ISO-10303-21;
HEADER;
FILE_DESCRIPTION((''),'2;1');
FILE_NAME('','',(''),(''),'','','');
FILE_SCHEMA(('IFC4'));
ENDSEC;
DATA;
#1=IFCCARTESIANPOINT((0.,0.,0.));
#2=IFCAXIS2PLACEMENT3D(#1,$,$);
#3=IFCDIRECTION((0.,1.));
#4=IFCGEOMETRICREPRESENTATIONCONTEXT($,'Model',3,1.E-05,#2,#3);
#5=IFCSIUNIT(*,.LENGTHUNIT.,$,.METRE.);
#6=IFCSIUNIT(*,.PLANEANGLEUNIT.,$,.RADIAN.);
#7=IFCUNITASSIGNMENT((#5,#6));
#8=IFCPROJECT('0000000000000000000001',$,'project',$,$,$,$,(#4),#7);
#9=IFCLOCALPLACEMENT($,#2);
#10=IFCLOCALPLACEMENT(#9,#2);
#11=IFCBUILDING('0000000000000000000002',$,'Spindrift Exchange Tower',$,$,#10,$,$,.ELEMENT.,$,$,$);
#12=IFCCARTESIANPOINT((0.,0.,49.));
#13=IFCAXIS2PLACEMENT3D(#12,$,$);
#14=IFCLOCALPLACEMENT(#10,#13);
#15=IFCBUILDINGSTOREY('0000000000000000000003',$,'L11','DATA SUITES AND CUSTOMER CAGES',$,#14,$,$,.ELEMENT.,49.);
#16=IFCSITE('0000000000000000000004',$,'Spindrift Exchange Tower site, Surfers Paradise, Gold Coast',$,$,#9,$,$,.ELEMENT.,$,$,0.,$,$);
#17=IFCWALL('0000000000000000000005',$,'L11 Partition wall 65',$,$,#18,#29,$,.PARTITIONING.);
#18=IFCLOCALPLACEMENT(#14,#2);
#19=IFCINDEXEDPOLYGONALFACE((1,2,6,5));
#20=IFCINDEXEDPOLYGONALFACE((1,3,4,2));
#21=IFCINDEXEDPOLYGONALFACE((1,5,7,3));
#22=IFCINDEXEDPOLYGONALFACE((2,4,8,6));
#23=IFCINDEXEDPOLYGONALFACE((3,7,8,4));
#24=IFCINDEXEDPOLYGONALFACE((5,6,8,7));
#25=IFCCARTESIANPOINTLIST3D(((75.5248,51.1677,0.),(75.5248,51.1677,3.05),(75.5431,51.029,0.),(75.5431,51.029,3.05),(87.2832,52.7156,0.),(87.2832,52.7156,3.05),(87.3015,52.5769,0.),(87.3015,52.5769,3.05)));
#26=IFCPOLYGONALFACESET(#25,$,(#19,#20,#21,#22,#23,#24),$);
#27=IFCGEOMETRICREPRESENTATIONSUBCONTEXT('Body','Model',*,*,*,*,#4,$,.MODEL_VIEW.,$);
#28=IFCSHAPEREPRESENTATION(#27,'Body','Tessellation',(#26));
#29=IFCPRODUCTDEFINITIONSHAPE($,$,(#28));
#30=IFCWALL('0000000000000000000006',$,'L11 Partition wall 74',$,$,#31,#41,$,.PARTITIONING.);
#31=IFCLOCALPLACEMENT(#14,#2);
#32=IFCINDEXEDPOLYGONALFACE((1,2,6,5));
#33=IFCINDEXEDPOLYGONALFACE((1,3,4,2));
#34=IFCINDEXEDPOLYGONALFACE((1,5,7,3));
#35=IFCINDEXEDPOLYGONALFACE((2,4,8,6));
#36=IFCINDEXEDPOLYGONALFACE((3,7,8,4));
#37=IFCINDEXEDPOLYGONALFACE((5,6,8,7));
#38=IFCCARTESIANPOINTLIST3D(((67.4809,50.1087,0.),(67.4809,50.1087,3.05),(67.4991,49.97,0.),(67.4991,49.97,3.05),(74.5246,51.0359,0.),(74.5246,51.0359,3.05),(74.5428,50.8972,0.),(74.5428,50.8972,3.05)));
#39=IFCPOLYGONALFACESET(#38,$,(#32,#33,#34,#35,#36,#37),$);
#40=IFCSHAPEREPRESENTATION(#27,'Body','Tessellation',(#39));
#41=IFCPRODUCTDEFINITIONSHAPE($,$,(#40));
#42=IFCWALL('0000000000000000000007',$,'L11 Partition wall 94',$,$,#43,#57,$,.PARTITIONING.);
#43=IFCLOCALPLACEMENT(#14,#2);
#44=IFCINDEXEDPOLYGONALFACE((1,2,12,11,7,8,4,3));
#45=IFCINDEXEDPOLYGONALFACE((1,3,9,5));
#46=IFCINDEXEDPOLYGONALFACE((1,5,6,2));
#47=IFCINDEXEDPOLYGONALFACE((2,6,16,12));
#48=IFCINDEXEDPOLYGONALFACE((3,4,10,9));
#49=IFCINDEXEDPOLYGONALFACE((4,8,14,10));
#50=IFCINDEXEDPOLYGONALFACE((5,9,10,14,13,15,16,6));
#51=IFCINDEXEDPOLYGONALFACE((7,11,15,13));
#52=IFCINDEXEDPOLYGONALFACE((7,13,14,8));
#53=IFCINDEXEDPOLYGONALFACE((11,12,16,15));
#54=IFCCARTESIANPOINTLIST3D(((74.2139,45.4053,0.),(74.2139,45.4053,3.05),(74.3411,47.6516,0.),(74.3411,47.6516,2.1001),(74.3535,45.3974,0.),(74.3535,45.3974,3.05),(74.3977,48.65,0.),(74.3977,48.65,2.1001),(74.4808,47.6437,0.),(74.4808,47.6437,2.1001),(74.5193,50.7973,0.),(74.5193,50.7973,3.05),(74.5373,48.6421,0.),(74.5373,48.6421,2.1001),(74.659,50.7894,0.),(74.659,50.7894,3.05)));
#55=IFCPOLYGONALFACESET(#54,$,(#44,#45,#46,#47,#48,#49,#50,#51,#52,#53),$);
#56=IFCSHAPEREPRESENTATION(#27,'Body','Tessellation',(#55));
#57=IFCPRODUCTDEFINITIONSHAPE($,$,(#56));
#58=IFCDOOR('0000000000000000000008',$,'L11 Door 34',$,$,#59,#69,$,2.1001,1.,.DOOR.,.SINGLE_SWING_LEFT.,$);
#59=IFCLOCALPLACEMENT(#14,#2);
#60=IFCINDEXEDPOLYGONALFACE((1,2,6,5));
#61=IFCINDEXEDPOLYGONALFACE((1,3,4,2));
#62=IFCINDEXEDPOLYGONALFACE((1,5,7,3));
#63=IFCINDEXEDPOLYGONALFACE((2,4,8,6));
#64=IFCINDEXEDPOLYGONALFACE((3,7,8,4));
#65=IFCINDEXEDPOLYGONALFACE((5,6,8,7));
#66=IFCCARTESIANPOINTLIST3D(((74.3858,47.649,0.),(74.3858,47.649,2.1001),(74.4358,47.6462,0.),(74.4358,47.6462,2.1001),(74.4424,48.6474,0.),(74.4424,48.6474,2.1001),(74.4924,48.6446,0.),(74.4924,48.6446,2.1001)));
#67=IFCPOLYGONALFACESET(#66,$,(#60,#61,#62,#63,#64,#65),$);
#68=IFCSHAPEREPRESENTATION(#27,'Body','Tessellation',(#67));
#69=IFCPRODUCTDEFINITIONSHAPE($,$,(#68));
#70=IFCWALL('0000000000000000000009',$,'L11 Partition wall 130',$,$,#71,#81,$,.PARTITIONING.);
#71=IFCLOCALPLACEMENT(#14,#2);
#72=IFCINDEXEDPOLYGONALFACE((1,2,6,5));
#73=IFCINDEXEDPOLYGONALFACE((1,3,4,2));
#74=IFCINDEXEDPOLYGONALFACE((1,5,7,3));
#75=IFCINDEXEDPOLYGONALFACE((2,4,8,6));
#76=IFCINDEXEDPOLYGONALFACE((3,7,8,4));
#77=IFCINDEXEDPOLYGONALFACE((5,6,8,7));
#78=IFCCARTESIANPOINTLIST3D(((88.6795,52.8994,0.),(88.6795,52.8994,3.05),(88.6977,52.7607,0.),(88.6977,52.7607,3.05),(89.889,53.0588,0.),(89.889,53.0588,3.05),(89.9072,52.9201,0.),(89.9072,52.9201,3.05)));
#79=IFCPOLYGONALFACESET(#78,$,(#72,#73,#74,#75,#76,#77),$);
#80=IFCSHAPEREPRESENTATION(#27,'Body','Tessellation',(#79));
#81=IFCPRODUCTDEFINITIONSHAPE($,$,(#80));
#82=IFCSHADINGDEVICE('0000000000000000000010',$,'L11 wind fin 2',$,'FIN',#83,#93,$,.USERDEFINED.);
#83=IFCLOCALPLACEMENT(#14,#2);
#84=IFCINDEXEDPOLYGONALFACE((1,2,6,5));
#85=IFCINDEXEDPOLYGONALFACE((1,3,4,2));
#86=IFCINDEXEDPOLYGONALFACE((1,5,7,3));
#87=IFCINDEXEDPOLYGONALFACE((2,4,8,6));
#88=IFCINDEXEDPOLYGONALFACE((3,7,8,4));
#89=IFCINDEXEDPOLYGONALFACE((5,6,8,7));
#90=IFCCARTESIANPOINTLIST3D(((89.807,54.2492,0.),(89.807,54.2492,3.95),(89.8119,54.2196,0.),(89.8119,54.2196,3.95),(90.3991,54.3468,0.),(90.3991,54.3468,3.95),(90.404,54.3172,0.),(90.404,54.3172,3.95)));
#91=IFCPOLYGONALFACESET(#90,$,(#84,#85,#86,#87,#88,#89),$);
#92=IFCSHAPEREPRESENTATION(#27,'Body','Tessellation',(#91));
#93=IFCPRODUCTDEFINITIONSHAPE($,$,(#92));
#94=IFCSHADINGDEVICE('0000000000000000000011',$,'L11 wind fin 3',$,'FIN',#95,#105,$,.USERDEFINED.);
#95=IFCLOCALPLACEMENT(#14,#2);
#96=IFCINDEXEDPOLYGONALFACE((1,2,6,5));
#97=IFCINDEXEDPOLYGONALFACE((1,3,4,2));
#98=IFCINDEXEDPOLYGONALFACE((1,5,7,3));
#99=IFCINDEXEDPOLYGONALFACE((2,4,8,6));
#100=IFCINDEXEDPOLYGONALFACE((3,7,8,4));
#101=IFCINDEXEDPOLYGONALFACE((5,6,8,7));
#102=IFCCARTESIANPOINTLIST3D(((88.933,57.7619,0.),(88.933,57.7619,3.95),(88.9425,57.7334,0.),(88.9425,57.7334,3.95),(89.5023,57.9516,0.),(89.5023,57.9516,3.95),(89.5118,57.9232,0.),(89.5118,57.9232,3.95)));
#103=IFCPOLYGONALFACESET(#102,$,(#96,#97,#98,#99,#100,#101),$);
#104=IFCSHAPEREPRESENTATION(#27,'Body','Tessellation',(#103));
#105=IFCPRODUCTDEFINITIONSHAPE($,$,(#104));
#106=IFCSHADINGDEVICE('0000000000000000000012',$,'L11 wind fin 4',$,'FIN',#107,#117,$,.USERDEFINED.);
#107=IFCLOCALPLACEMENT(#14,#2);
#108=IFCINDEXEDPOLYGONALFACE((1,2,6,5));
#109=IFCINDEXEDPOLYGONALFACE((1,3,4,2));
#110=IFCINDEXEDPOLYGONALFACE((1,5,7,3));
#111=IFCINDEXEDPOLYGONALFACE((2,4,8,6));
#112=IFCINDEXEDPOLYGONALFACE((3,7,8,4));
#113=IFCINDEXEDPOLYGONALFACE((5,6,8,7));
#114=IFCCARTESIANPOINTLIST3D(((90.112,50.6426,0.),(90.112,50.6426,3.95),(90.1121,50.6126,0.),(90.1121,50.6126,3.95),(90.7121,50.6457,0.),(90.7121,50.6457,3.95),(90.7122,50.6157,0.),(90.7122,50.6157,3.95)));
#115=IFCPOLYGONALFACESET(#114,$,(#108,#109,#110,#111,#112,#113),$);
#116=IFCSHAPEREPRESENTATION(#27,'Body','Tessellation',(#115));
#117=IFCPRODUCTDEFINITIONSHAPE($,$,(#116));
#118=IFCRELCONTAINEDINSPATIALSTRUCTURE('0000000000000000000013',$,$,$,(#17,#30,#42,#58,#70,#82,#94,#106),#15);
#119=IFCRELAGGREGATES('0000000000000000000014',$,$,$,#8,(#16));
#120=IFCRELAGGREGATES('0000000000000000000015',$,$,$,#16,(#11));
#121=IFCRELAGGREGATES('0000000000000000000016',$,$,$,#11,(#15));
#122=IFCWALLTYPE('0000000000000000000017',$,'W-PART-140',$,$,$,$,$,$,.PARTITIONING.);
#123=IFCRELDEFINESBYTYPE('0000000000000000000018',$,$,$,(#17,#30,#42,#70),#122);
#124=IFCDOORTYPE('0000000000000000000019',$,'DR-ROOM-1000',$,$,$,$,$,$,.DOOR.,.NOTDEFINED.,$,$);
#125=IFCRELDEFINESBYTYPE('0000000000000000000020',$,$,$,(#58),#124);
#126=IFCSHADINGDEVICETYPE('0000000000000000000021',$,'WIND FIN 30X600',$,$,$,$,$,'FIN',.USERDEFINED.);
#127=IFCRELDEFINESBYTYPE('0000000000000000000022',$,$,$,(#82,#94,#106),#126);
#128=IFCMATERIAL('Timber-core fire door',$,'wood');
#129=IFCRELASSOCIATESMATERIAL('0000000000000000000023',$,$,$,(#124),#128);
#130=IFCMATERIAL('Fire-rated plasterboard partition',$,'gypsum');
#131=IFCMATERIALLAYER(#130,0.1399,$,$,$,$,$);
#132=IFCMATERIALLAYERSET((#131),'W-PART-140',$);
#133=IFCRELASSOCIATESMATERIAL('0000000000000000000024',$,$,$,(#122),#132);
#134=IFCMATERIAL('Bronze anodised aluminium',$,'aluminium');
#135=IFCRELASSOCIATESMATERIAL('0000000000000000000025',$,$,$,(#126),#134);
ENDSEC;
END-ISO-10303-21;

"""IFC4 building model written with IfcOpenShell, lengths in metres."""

from ifc_helpers import new_model, si_unit, direction, frame, frame_2d, origin, origin_2d, place, context, subcontext, project, spatial, rectangle, extrude, source, transform, mapped, material, layer, layer_set, material_profile, profile_set, type_object, element, fill, save


model = new_model("IFC4")

# Units and contexts
model_context = context("Model", 3, precision=1e-05, world=origin(), true_north=direction((0.0, 1.0)))
body_context = subcontext(model_context, "Body", "Model", "MODEL_VIEW")
ifc_project = project(units=[si_unit("LENGTHUNIT", "METRE"), si_unit("PLANEANGLEUNIT", "RADIAN")], contexts=[model_context])

# Site, building, storey
site_placement = place(None, origin())
site = spatial("IfcSite", under=ifc_project, at=site_placement, Name="Spindrift Exchange Tower site, Surfers Paradise, Gold Coast", CompositionType="ELEMENT", RefElevation=0.0)
building_placement = place(site_placement, origin())
building = spatial("IfcBuilding", under=site, at=building_placement, Name="Spindrift Exchange Tower", CompositionType="ELEMENT")
storey_placement = place(building_placement, frame((0.0, 0.0, 49.0)))
storey = spatial("IfcBuildingStorey", under=building, at=storey_placement, Name="L11", Description="DATA SUITES AND CUSTOMER CAGES", CompositionType="ELEMENT", Elevation=49.0)

# Shared definitions
ifc_material_1 = material(Name="Bronze anodised aluminium", Category="aluminium")

# Shared definitions
ifc_material_2 = material(Name="Fire-rated plasterboard partition", Category="gypsum")
ifc_material_3 = material(Name="Timber-core fire door", Category="wood")
door_type = type_object("IfcDoorType", Name="DR-ROOM-1000", OperationType="NOTDEFINED", PredefinedType="DOOR", material=ifc_material_3)
shared_shape_1 = source(origin(), body_context, "Body", "SweptSolid", [
    extrude(rectangle(XDim=1.0, YDim=2.1001, at=frame_2d((0.5, 1.05))), frame((0.0, 0.0249, 0.0), z_axis=(0.0, -1.0, 0.0), x_axis=(1.0, 0.0, 0.0)), (0.0, 0.0, 1.0), 0.05),
])

# Walls
ifc_layer_1 = layer(ifc_material_2, 0.1399)
ifc_layer_set_1 = layer_set([ifc_layer_1], Name="W-PART-140")
wall_type_1 = type_object("IfcWallType", Name="W-PART-140", PredefinedType="PARTITIONING", material=ifc_layer_set_1)
wall_1_placement = place(storey_placement, frame((75.5339, 51.0984, 0.0), z_axis=(0.0, 0.0, 1.0), x_axis=(0.991447, 0.130513, 0.0)))
element("IfcWall", 1, at=wall_1_placement, inside=storey, type_object=wall_type_1, Name="L11 Partition wall 65", PredefinedType="PARTITIONING", context=body_context, shape_type="SweptSolid", body=[
    extrude(rectangle(XDim=11.8599, YDim=0.1399, at=frame_2d((5.9299, 0.0))), origin(), (0.0, 0.0, 1.0), 3.05),
])
wall_2_placement = place(storey_placement, frame((67.49, 50.0393, 0.0), z_axis=(0.0, 0.0, 1.0), x_axis=(0.991446, 0.130516, 0.0)))
element("IfcWall", 2, at=wall_2_placement, inside=storey, type_object=wall_type_1, Name="L11 Partition wall 74", PredefinedType="PARTITIONING", context=body_context, shape_type="SweptSolid", body=[
    extrude(rectangle(XDim=7.1045, YDim=0.1399, at=frame_2d((3.5522, 0.0))), origin(), (0.0, 0.0, 1.0), 3.05),
])

# Wall, opening, door
wall_3_placement = place(storey_placement, frame((74.5891, 50.7932, 0.0), z_axis=(0.0, 0.0, 1.0), x_axis=(-0.056552, -0.9984, 0.0)))
wall_3 = element("IfcWall", 3, at=wall_3_placement, inside=storey, type_object=wall_type_1, Name="L11 Partition wall 94", PredefinedType="PARTITIONING", context=body_context, shape_type="SweptSolid", body=[
    extrude(rectangle(XDim=5.4006, YDim=0.1399, at=frame_2d((2.7002, 0.0))), origin(), (0.0, 0.0, 1.0), 3.05),
])
opening_1_placement = place(wall_3_placement, frame((2.1506, 0.0, 0.0)))
opening_1 = element("IfcOpeningElement", 4, at=opening_1_placement, cuts=wall_3, PredefinedType="OPENING", context=body_context, shape_type="SweptSolid", body=[
    extrude(rectangle(XDim=1.0, YDim=2.1001, at=frame_2d((0.5, 1.05))), frame((0.0, 0.0798, 0.0), z_axis=(0.0, -1.0, 0.0), x_axis=(1.0, 0.0, 0.0)), (0.0, 0.0, 1.0), 0.1599),
])
door_1_placement = place(opening_1_placement, origin())
door_1 = element("IfcDoor", 5, at=door_1_placement, inside=storey, type_object=door_type, Name="L11 Door 34", OperationType="SINGLE_SWING_LEFT", OverallHeight=2.1001, OverallWidth=1.0, PredefinedType="DOOR", context=body_context, shape_type="MappedRepresentation", body=[
    mapped(shared_shape_1, transform((0.0, 0.0, 0.0), scale=1.0)),
])
fill(opening_1, door_1)

# Wall
wall_4_placement = place(storey_placement, frame((88.6887, 52.8301, 0.0), z_axis=(0.0, 0.0, 1.0), x_axis=(0.991424, 0.130682, 0.0)))
element("IfcWall", 6, at=wall_4_placement, inside=storey, type_object=wall_type_1, Name="L11 Partition wall 130", PredefinedType="PARTITIONING", context=body_context, shape_type="SweptSolid", body=[
    extrude(rectangle(XDim=1.22, YDim=0.1399, at=frame_2d((0.6099, 0.0))), origin(), (0.0, 0.0, 1.0), 3.05),
])

# Shading devices
ifc_material_profile_1 = material_profile(ifc_material_1, rectangle(XDim=0.03, YDim=0.6001, at=origin_2d()), Name="WIND FIN 30X600")
ifc_profile_set_1 = profile_set([ifc_material_profile_1], Name="Bronze anodised aluminium")
shading_device_type = type_object("IfcShadingDeviceType", Name="WIND FIN 30X600", ElementType="FIN", PredefinedType="USERDEFINED", material=ifc_profile_set_1)
shared_shape_2 = source(origin(), body_context, "Body", "SweptSolid", [
    extrude(rectangle(XDim=0.03, YDim=0.6001, at=origin_2d()), origin(), (0.0, 0.0, 1.0), 3.95),
])
for number, where, z_axis, x_axis, name in (
    (7, (90.1055, 54.2832, 0.0), (0.0, 0.0, 1.0), (-0.162696, 0.986676, 0.0), "L11 wind fin 2"),
    (8, (89.2224, 57.8425, 0.0), (0.0, 0.0, 1.0), (-0.316171, 0.948702, 0.0), "L11 wind fin 3"),
    (9, (90.4121, 50.6292, 0.0), (0.0, 0.0, 1.0), (-0.005149, 0.999987, 0.0), "L11 wind fin 4"),
):
    element("IfcShadingDevice", number, at=place(storey_placement, frame(where, z_axis=z_axis, x_axis=x_axis)), inside=storey, type_object=shading_device_type, Name=name, ObjectType="FIN", PredefinedType="USERDEFINED", context=body_context, shape_type="MappedRepresentation", body=[
        mapped(shared_shape_2, transform((0.0, 0.0, 0.0), scale=1.0)),
    ])

save(model, "model.ifc")
